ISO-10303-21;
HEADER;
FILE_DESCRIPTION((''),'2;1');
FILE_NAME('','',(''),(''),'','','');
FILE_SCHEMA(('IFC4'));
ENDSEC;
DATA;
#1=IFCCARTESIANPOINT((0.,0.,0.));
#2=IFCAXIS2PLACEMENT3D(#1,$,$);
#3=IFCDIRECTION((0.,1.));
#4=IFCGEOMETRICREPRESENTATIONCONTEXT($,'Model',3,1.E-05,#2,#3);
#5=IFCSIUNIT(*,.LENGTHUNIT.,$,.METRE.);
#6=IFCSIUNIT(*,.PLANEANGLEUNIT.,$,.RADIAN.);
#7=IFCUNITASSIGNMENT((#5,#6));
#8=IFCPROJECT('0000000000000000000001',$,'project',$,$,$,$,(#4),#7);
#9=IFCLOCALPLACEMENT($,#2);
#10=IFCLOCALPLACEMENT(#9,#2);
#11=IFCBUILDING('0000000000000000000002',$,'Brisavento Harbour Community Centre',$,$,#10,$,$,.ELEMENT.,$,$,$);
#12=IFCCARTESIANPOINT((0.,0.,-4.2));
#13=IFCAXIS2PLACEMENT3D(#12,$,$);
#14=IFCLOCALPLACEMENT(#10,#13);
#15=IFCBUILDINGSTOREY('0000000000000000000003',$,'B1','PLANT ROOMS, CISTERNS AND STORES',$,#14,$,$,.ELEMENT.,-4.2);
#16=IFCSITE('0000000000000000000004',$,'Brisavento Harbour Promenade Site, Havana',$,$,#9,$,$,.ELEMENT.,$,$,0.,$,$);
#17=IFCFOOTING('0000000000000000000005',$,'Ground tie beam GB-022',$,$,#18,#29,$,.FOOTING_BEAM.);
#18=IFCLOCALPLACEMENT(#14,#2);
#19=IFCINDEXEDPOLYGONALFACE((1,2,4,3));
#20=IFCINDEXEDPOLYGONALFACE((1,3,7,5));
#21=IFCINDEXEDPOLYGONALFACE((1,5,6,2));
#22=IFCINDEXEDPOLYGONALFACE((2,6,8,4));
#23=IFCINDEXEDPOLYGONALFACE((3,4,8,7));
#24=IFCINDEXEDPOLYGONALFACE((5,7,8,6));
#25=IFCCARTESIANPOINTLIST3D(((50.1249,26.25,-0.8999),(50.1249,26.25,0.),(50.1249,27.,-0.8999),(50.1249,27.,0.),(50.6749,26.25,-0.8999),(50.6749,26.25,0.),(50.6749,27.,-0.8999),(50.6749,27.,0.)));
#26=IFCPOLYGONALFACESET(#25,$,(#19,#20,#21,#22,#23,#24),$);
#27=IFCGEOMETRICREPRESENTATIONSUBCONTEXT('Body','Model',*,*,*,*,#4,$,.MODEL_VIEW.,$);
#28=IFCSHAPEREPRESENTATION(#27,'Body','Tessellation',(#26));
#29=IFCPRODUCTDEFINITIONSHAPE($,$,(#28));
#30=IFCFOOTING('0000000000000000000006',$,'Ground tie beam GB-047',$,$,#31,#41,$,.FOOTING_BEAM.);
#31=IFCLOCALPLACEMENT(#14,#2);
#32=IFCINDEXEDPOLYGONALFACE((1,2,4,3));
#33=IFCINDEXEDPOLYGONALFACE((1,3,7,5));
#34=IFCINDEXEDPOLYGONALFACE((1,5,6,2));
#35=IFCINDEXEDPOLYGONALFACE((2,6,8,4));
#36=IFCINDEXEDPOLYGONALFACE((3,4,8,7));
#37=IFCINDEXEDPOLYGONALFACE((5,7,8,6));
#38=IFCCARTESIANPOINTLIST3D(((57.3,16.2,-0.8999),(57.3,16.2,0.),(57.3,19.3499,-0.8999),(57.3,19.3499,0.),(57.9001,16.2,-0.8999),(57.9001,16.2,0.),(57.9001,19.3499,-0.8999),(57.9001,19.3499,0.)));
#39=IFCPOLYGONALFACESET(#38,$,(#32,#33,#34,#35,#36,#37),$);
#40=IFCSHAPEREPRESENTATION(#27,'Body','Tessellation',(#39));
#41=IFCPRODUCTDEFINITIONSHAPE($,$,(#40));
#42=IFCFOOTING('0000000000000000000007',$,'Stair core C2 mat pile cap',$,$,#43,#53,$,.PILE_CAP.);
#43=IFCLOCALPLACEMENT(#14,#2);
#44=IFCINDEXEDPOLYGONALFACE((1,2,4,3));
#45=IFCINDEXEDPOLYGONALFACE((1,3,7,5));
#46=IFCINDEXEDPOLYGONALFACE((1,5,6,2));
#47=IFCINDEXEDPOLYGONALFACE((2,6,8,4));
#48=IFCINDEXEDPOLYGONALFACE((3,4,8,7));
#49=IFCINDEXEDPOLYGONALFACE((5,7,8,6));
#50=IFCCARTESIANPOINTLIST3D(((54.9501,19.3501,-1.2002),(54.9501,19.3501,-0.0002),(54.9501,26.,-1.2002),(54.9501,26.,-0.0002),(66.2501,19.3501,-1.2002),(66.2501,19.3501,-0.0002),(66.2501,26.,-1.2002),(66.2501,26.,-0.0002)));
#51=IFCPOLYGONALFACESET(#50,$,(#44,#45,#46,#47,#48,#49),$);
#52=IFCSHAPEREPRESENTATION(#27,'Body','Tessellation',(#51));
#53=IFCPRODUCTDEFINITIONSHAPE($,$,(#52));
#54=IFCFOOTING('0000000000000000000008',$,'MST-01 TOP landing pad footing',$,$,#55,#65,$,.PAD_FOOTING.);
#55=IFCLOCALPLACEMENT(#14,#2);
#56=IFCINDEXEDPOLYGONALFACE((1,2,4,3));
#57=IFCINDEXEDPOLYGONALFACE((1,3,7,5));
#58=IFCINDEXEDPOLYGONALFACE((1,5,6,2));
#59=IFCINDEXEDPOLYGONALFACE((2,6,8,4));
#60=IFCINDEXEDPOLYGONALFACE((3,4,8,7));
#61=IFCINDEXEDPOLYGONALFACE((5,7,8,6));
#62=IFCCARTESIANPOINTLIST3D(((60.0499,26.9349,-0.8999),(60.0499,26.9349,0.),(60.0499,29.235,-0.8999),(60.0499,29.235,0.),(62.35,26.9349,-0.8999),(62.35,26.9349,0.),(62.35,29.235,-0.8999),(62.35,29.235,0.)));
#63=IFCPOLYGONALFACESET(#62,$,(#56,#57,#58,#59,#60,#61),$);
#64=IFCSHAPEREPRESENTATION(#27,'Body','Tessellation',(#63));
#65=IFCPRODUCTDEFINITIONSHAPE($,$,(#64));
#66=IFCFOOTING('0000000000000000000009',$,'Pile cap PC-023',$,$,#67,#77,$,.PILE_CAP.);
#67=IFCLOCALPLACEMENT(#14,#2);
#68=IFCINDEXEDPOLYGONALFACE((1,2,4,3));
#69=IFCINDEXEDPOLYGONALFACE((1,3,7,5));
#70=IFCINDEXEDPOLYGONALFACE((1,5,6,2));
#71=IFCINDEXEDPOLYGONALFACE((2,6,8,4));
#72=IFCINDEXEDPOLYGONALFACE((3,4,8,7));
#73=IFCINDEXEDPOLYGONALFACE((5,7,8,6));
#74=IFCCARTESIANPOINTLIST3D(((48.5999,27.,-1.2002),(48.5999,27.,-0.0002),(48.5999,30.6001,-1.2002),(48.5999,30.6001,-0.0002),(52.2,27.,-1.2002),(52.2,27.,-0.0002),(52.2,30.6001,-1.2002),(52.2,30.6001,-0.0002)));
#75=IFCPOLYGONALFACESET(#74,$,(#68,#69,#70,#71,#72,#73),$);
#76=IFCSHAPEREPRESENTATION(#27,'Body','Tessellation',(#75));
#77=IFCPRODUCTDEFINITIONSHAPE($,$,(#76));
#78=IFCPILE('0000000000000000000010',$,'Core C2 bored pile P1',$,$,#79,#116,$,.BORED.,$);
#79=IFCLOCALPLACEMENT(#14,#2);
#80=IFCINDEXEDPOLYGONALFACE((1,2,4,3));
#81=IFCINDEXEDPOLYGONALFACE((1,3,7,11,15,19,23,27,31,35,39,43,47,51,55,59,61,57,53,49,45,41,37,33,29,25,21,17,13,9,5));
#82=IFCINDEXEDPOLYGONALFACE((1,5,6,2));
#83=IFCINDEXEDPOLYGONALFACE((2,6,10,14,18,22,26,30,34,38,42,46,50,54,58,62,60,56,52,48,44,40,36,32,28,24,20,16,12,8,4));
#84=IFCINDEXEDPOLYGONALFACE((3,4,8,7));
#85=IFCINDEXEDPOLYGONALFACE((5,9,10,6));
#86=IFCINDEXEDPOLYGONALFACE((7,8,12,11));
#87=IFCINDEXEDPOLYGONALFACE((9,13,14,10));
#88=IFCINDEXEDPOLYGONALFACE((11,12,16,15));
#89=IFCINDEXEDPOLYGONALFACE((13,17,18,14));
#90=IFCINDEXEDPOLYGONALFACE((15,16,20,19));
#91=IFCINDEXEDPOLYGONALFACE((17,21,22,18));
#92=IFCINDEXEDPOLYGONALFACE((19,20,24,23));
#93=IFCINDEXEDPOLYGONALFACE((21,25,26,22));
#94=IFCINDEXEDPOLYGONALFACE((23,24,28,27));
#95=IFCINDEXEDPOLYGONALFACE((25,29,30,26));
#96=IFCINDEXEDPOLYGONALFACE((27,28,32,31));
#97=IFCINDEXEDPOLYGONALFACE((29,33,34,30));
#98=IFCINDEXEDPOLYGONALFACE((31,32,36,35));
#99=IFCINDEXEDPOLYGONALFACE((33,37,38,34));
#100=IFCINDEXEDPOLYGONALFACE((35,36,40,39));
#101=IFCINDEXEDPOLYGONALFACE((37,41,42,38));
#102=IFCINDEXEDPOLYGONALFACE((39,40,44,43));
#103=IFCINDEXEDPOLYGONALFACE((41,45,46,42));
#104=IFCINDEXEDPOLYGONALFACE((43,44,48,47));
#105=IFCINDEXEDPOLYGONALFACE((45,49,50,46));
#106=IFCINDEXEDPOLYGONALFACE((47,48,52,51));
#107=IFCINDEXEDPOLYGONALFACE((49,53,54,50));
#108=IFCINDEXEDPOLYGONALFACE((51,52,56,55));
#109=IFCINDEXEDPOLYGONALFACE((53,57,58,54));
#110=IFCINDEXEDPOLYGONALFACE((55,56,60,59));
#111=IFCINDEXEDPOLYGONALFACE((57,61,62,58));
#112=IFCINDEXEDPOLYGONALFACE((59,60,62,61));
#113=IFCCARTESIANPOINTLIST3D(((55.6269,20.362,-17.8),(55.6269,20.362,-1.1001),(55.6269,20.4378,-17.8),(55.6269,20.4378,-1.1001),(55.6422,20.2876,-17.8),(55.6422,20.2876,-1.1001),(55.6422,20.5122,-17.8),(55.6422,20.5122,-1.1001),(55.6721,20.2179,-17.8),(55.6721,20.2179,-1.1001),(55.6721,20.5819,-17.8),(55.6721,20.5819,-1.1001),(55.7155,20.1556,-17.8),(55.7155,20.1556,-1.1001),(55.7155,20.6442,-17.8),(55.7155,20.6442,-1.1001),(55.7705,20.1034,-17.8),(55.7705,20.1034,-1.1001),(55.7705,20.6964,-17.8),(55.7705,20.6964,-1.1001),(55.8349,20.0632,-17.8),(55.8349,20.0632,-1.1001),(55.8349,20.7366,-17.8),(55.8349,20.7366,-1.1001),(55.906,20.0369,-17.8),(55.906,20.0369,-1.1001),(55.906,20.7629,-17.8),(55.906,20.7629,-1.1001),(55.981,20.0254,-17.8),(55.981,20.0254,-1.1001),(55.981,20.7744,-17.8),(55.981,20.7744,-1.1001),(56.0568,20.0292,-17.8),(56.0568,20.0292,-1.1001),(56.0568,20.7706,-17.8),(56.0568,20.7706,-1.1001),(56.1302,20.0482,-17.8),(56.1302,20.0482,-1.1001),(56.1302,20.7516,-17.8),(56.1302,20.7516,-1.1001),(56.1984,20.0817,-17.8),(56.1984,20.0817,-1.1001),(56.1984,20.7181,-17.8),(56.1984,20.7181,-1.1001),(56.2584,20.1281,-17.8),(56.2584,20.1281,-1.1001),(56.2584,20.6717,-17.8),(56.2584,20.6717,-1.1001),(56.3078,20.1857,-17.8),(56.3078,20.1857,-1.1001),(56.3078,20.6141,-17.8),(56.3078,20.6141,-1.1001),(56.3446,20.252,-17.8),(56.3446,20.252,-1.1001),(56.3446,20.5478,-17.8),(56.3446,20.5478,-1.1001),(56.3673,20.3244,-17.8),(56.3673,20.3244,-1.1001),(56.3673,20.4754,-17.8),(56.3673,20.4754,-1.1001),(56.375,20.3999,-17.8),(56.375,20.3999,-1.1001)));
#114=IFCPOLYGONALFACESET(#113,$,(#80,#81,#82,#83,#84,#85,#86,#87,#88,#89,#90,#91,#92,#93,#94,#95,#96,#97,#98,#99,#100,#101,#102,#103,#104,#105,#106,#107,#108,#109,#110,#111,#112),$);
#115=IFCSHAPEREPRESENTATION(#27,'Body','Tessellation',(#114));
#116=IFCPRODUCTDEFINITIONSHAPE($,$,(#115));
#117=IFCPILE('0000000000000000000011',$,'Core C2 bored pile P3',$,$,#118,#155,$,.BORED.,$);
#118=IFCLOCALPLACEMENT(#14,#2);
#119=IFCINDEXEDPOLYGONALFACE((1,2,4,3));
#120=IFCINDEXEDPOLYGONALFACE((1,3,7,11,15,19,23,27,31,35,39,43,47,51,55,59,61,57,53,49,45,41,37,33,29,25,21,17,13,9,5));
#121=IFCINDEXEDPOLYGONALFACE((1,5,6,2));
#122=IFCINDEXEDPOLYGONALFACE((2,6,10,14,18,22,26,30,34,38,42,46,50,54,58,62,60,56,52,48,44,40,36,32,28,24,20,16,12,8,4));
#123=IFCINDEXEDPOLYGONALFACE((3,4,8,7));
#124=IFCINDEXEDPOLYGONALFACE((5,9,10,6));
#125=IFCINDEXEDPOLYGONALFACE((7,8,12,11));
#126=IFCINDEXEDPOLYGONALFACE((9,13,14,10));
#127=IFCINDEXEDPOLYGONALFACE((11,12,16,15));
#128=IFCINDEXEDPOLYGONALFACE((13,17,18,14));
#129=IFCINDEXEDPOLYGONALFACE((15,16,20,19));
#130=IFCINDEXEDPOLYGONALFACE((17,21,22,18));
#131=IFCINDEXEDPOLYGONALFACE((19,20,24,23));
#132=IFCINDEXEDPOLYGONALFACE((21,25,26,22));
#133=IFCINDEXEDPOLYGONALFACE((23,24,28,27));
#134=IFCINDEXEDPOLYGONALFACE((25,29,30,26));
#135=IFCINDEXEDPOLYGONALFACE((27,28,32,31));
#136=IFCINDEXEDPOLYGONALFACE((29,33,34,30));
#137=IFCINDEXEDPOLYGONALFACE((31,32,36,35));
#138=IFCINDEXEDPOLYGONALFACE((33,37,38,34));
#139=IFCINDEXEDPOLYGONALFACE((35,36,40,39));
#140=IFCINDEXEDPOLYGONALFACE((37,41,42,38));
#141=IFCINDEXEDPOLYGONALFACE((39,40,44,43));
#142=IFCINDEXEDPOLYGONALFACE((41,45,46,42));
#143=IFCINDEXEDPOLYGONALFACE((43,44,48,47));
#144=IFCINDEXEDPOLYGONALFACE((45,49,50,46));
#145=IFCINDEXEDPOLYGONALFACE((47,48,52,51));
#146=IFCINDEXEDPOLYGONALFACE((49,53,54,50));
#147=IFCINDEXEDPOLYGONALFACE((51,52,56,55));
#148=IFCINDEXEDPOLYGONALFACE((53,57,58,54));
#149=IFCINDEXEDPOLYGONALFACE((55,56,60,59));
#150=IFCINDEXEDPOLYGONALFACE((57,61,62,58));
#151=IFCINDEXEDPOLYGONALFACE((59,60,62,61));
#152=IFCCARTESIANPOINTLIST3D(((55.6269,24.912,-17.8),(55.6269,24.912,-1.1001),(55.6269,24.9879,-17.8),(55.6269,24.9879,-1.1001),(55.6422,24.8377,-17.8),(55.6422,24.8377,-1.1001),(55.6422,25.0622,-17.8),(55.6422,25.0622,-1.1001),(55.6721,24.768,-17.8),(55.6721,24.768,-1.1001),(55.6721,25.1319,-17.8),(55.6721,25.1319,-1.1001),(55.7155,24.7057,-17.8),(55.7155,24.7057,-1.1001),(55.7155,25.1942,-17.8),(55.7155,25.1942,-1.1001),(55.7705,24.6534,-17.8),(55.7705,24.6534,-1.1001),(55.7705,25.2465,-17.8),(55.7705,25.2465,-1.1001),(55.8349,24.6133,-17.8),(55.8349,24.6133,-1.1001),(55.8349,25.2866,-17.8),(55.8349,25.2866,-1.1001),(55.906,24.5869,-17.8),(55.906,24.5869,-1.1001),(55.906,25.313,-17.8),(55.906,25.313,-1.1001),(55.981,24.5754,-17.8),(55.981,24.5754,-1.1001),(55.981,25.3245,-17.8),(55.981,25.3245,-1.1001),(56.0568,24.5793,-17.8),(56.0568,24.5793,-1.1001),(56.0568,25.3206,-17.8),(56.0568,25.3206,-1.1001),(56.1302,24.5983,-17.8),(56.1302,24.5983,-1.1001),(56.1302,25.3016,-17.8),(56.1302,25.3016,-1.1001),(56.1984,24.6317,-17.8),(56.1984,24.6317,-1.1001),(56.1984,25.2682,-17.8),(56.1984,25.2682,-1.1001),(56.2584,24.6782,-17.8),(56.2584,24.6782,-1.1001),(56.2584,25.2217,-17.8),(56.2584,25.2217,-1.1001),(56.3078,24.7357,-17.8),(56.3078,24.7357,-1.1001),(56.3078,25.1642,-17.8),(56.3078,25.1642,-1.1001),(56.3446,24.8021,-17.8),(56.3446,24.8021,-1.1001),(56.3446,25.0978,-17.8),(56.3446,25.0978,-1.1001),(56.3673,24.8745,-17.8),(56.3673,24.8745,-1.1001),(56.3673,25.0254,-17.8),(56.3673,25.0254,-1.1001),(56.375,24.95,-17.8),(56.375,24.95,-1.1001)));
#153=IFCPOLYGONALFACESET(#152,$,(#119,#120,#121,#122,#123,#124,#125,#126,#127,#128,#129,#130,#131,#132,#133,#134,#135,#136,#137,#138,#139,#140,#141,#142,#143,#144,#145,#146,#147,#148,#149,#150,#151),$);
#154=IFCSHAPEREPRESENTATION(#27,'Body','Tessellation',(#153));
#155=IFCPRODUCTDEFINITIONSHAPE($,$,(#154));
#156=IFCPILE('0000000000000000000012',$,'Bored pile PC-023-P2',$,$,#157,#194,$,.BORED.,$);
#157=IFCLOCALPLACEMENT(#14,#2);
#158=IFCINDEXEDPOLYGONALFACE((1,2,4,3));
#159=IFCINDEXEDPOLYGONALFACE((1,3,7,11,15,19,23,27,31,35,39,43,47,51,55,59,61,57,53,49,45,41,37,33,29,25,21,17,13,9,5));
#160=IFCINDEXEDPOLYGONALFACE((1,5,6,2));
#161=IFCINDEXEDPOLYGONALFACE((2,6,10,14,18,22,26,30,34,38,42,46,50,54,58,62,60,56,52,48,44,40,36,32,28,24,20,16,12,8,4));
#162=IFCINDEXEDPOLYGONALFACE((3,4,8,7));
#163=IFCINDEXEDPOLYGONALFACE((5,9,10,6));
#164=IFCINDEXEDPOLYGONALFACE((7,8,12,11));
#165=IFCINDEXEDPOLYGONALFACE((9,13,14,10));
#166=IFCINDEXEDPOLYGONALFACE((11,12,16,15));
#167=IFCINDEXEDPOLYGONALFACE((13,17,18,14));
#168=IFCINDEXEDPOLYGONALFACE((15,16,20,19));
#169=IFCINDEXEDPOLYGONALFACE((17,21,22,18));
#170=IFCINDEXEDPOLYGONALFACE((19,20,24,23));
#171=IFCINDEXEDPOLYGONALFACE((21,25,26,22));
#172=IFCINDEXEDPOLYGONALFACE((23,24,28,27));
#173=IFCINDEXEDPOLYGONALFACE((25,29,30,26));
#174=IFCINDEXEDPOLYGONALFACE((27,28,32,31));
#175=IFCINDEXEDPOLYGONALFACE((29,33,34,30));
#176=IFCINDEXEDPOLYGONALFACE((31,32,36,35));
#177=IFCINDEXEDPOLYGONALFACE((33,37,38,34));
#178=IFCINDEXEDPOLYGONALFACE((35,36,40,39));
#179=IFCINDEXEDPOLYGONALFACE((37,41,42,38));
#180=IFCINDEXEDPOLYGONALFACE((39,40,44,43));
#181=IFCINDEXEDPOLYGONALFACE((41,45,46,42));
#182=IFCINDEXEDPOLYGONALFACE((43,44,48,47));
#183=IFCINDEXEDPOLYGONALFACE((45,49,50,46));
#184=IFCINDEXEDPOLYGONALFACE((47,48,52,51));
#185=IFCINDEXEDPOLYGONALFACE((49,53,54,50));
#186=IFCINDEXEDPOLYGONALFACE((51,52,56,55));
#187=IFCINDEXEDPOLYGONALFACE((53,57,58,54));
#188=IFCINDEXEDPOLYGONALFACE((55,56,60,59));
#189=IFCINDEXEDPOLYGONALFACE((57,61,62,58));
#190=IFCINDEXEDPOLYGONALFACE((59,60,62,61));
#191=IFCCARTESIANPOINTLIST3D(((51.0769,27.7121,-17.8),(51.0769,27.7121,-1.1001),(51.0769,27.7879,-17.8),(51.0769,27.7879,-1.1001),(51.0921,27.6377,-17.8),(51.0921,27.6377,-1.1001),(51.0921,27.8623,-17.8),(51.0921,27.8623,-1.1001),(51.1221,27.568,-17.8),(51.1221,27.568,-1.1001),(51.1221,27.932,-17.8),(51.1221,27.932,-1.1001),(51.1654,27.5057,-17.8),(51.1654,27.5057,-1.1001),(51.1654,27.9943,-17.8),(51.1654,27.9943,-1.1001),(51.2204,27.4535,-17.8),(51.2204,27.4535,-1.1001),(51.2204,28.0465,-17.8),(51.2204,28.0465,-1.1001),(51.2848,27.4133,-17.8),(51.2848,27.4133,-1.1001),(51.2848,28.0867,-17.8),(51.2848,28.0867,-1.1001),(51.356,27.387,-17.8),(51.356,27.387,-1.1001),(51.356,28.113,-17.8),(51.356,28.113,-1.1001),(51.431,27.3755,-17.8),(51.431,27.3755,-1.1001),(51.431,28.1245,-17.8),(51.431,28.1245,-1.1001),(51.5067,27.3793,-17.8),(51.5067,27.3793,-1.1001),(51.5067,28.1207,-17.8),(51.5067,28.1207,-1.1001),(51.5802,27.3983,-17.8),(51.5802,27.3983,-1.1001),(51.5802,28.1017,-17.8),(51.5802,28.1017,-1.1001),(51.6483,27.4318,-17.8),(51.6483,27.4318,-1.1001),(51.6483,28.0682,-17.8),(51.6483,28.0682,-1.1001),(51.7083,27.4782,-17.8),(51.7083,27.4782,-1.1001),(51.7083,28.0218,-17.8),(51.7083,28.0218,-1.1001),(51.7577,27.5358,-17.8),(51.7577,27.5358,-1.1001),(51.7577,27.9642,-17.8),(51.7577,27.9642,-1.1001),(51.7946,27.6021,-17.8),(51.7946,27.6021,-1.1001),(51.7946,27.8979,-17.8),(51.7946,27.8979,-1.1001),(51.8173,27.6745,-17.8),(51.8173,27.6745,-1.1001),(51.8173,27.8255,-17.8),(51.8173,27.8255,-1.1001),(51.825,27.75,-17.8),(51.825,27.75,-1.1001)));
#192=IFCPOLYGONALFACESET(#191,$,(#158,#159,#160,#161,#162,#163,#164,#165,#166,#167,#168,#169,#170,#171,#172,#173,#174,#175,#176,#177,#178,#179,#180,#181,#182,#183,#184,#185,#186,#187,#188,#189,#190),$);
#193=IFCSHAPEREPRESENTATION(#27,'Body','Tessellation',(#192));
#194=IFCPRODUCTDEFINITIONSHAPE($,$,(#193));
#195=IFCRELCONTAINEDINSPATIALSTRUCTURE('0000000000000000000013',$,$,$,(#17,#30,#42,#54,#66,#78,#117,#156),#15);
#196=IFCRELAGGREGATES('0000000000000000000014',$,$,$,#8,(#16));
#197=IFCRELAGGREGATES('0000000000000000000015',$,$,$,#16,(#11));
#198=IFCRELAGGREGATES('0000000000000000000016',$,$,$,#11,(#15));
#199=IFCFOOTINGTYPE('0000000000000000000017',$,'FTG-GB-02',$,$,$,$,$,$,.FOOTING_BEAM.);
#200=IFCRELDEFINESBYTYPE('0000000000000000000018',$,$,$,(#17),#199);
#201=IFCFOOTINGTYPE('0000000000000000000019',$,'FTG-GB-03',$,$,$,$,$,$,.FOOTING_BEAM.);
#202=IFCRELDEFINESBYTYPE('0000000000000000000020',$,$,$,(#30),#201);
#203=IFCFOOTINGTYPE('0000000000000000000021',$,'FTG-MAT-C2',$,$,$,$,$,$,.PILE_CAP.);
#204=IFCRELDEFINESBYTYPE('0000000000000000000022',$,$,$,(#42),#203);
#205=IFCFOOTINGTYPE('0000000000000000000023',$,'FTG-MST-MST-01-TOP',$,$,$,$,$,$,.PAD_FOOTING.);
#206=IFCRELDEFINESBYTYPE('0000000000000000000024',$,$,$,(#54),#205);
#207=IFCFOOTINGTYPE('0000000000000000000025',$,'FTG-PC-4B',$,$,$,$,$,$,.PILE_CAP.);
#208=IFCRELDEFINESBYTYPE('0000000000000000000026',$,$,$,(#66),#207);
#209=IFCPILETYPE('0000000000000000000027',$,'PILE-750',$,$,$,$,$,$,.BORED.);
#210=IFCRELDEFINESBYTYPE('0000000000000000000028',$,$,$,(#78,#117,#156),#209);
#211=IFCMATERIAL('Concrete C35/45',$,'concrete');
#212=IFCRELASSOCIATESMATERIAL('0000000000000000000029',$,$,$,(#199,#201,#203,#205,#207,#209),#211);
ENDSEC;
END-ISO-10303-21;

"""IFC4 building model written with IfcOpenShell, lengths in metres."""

from ifc_helpers import new_model, si_unit, direction, frame, origin, origin_2d, place, context, subcontext, project, spatial, rectangle, circle, extrude, material, material_profile, profile_set, type_object, element, save


model = new_model("IFC4")

# Units and contexts
model_context = context("Model", 3, precision=1e-05, world=origin(), true_north=direction((0.0, 1.0)))
body_context = subcontext(model_context, "Body", "Model", "MODEL_VIEW")
ifc_project = project(units=[si_unit("LENGTHUNIT", "METRE"), si_unit("PLANEANGLEUNIT", "RADIAN")], contexts=[model_context])

# Site, building, storey
site_placement = place(None, origin())
site = spatial("IfcSite", under=ifc_project, at=site_placement, Name="Brisavento Harbour Promenade Site, Havana", CompositionType="ELEMENT", RefElevation=0.0)
building_placement = place(site_placement, origin())
building = spatial("IfcBuilding", under=site, at=building_placement, Name="Brisavento Harbour Community Centre", CompositionType="ELEMENT")
storey_placement = place(building_placement, frame((0.0, 0.0, -4.2)))
storey = spatial("IfcBuildingStorey", under=building, at=storey_placement, Name="B1", Description="PLANT ROOMS, CISTERNS AND STORES", CompositionType="ELEMENT", Elevation=-4.2)

# Footings
ifc_material_1 = material(Name="Concrete C35/45", Category="concrete")
footing_type_1 = type_object("IfcFootingType", Name="FTG-GB-02", PredefinedType="FOOTING_BEAM", material=ifc_material_1)
footing_1_placement = place(storey_placement, frame((50.3999, 26.625, -0.8999), z_axis=(0.0, 0.0, 1.0), x_axis=(1.0, 0.0, 0.0)))
element("IfcFooting", 1, at=footing_1_placement, inside=storey, type_object=footing_type_1, Name="Ground tie beam GB-022", PredefinedType="FOOTING_BEAM", context=body_context, shape_type="SweptSolid", body=[
    extrude(rectangle(XDim=0.55, YDim=0.75, at=origin_2d()), origin(), (0.0, 0.0, 1.0), 0.8999),
])
footing_type_2 = type_object("IfcFootingType", Name="FTG-GB-03", PredefinedType="FOOTING_BEAM", material=ifc_material_1)
footing_2_placement = place(storey_placement, frame((57.6001, 17.7749, -0.8999), z_axis=(0.0, 0.0, 1.0), x_axis=(1.0, 0.0, 0.0)))
element("IfcFooting", 2, at=footing_2_placement, inside=storey, type_object=footing_type_2, Name="Ground tie beam GB-047", PredefinedType="FOOTING_BEAM", context=body_context, shape_type="SweptSolid", body=[
    extrude(rectangle(XDim=0.6001, YDim=3.1499, at=origin_2d()), origin(), (0.0, 0.0, 1.0), 0.8999),
])
footing_type_3 = type_object("IfcFootingType", Name="FTG-MAT-C2", PredefinedType="PILE_CAP", material=ifc_material_1)
footing_3_placement = place(storey_placement, frame((60.6001, 22.675, -1.2002), z_axis=(0.0, 0.0, 1.0), x_axis=(1.0, 0.0, 0.0)))
element("IfcFooting", 3, at=footing_3_placement, inside=storey, type_object=footing_type_3, Name="Stair core C2 mat pile cap", PredefinedType="PILE_CAP", context=body_context, shape_type="SweptSolid", body=[
    extrude(rectangle(XDim=11.3, YDim=6.6499, at=origin_2d()), origin(), (0.0, 0.0, 1.0), 1.2),
])
footing_type_4 = type_object("IfcFootingType", Name="FTG-MST-MST-01-TOP", PredefinedType="PAD_FOOTING", material=ifc_material_1)
footing_4_placement = place(storey_placement, frame((61.2, 28.085, -0.8999), z_axis=(0.0, 0.0, 1.0), x_axis=(1.0, 0.0, 0.0)))
element("IfcFooting", 4, at=footing_4_placement, inside=storey, type_object=footing_type_4, Name="MST-01 TOP landing pad footing", PredefinedType="PAD_FOOTING", context=body_context, shape_type="SweptSolid", body=[
    extrude(rectangle(XDim=2.3, YDim=2.3, at=origin_2d()), origin(), (0.0, 0.0, 1.0), 0.8999),
])
footing_type_5 = type_object("IfcFootingType", Name="FTG-PC-4B", PredefinedType="PILE_CAP", material=ifc_material_1)
footing_5_placement = place(storey_placement, frame((50.3999, 28.8, -1.2002), z_axis=(0.0, 0.0, 1.0), x_axis=(1.0, 0.0, 0.0)))
element("IfcFooting", 5, at=footing_5_placement, inside=storey, type_object=footing_type_5, Name="Pile cap PC-023", PredefinedType="PILE_CAP", context=body_context, shape_type="SweptSolid", body=[
    extrude(rectangle(XDim=3.6001, YDim=3.6001, at=origin_2d()), origin(), (0.0, 0.0, 1.0), 1.2),
])

# Piles
ifc_material_profile_1 = material_profile(ifc_material_1, circle(Radius=0.375, at=origin_2d()), Name="Concrete C35/45")
ifc_profile_set_1 = profile_set([ifc_material_profile_1], Name="Concrete C35/45")
pile_type = type_object("IfcPileType", Name="PILE-750", PredefinedType="BORED", material=ifc_profile_set_1)
for number, where, z_axis, x_axis, name in (
    (6, (56.0, 20.3999, -1.1001), (0.0, 0.0, -1.0), (1.0, 0.0, 0.0), "Core C2 bored pile P1"),
    (7, (56.0, 24.95, -1.1001), (0.0, 0.0, -1.0), (1.0, 0.0, 0.0), "Core C2 bored pile P3"),
    (8, (51.45, 27.75, -1.1001), (0.0, 0.0, -1.0), (1.0, 0.0, 0.0), "Bored pile PC-023-P2"),
):
    element("IfcPile", number, at=place(storey_placement, frame(where, z_axis=z_axis, x_axis=x_axis)), inside=storey, type_object=pile_type, Name=name, PredefinedType="BORED", context=body_context, shape_type="SweptSolid", body=[
        extrude(circle(Radius=0.375, at=origin_2d()), origin(), (0.0, 0.0, 1.0), 16.7),
    ])

save(model, "model.ifc")
